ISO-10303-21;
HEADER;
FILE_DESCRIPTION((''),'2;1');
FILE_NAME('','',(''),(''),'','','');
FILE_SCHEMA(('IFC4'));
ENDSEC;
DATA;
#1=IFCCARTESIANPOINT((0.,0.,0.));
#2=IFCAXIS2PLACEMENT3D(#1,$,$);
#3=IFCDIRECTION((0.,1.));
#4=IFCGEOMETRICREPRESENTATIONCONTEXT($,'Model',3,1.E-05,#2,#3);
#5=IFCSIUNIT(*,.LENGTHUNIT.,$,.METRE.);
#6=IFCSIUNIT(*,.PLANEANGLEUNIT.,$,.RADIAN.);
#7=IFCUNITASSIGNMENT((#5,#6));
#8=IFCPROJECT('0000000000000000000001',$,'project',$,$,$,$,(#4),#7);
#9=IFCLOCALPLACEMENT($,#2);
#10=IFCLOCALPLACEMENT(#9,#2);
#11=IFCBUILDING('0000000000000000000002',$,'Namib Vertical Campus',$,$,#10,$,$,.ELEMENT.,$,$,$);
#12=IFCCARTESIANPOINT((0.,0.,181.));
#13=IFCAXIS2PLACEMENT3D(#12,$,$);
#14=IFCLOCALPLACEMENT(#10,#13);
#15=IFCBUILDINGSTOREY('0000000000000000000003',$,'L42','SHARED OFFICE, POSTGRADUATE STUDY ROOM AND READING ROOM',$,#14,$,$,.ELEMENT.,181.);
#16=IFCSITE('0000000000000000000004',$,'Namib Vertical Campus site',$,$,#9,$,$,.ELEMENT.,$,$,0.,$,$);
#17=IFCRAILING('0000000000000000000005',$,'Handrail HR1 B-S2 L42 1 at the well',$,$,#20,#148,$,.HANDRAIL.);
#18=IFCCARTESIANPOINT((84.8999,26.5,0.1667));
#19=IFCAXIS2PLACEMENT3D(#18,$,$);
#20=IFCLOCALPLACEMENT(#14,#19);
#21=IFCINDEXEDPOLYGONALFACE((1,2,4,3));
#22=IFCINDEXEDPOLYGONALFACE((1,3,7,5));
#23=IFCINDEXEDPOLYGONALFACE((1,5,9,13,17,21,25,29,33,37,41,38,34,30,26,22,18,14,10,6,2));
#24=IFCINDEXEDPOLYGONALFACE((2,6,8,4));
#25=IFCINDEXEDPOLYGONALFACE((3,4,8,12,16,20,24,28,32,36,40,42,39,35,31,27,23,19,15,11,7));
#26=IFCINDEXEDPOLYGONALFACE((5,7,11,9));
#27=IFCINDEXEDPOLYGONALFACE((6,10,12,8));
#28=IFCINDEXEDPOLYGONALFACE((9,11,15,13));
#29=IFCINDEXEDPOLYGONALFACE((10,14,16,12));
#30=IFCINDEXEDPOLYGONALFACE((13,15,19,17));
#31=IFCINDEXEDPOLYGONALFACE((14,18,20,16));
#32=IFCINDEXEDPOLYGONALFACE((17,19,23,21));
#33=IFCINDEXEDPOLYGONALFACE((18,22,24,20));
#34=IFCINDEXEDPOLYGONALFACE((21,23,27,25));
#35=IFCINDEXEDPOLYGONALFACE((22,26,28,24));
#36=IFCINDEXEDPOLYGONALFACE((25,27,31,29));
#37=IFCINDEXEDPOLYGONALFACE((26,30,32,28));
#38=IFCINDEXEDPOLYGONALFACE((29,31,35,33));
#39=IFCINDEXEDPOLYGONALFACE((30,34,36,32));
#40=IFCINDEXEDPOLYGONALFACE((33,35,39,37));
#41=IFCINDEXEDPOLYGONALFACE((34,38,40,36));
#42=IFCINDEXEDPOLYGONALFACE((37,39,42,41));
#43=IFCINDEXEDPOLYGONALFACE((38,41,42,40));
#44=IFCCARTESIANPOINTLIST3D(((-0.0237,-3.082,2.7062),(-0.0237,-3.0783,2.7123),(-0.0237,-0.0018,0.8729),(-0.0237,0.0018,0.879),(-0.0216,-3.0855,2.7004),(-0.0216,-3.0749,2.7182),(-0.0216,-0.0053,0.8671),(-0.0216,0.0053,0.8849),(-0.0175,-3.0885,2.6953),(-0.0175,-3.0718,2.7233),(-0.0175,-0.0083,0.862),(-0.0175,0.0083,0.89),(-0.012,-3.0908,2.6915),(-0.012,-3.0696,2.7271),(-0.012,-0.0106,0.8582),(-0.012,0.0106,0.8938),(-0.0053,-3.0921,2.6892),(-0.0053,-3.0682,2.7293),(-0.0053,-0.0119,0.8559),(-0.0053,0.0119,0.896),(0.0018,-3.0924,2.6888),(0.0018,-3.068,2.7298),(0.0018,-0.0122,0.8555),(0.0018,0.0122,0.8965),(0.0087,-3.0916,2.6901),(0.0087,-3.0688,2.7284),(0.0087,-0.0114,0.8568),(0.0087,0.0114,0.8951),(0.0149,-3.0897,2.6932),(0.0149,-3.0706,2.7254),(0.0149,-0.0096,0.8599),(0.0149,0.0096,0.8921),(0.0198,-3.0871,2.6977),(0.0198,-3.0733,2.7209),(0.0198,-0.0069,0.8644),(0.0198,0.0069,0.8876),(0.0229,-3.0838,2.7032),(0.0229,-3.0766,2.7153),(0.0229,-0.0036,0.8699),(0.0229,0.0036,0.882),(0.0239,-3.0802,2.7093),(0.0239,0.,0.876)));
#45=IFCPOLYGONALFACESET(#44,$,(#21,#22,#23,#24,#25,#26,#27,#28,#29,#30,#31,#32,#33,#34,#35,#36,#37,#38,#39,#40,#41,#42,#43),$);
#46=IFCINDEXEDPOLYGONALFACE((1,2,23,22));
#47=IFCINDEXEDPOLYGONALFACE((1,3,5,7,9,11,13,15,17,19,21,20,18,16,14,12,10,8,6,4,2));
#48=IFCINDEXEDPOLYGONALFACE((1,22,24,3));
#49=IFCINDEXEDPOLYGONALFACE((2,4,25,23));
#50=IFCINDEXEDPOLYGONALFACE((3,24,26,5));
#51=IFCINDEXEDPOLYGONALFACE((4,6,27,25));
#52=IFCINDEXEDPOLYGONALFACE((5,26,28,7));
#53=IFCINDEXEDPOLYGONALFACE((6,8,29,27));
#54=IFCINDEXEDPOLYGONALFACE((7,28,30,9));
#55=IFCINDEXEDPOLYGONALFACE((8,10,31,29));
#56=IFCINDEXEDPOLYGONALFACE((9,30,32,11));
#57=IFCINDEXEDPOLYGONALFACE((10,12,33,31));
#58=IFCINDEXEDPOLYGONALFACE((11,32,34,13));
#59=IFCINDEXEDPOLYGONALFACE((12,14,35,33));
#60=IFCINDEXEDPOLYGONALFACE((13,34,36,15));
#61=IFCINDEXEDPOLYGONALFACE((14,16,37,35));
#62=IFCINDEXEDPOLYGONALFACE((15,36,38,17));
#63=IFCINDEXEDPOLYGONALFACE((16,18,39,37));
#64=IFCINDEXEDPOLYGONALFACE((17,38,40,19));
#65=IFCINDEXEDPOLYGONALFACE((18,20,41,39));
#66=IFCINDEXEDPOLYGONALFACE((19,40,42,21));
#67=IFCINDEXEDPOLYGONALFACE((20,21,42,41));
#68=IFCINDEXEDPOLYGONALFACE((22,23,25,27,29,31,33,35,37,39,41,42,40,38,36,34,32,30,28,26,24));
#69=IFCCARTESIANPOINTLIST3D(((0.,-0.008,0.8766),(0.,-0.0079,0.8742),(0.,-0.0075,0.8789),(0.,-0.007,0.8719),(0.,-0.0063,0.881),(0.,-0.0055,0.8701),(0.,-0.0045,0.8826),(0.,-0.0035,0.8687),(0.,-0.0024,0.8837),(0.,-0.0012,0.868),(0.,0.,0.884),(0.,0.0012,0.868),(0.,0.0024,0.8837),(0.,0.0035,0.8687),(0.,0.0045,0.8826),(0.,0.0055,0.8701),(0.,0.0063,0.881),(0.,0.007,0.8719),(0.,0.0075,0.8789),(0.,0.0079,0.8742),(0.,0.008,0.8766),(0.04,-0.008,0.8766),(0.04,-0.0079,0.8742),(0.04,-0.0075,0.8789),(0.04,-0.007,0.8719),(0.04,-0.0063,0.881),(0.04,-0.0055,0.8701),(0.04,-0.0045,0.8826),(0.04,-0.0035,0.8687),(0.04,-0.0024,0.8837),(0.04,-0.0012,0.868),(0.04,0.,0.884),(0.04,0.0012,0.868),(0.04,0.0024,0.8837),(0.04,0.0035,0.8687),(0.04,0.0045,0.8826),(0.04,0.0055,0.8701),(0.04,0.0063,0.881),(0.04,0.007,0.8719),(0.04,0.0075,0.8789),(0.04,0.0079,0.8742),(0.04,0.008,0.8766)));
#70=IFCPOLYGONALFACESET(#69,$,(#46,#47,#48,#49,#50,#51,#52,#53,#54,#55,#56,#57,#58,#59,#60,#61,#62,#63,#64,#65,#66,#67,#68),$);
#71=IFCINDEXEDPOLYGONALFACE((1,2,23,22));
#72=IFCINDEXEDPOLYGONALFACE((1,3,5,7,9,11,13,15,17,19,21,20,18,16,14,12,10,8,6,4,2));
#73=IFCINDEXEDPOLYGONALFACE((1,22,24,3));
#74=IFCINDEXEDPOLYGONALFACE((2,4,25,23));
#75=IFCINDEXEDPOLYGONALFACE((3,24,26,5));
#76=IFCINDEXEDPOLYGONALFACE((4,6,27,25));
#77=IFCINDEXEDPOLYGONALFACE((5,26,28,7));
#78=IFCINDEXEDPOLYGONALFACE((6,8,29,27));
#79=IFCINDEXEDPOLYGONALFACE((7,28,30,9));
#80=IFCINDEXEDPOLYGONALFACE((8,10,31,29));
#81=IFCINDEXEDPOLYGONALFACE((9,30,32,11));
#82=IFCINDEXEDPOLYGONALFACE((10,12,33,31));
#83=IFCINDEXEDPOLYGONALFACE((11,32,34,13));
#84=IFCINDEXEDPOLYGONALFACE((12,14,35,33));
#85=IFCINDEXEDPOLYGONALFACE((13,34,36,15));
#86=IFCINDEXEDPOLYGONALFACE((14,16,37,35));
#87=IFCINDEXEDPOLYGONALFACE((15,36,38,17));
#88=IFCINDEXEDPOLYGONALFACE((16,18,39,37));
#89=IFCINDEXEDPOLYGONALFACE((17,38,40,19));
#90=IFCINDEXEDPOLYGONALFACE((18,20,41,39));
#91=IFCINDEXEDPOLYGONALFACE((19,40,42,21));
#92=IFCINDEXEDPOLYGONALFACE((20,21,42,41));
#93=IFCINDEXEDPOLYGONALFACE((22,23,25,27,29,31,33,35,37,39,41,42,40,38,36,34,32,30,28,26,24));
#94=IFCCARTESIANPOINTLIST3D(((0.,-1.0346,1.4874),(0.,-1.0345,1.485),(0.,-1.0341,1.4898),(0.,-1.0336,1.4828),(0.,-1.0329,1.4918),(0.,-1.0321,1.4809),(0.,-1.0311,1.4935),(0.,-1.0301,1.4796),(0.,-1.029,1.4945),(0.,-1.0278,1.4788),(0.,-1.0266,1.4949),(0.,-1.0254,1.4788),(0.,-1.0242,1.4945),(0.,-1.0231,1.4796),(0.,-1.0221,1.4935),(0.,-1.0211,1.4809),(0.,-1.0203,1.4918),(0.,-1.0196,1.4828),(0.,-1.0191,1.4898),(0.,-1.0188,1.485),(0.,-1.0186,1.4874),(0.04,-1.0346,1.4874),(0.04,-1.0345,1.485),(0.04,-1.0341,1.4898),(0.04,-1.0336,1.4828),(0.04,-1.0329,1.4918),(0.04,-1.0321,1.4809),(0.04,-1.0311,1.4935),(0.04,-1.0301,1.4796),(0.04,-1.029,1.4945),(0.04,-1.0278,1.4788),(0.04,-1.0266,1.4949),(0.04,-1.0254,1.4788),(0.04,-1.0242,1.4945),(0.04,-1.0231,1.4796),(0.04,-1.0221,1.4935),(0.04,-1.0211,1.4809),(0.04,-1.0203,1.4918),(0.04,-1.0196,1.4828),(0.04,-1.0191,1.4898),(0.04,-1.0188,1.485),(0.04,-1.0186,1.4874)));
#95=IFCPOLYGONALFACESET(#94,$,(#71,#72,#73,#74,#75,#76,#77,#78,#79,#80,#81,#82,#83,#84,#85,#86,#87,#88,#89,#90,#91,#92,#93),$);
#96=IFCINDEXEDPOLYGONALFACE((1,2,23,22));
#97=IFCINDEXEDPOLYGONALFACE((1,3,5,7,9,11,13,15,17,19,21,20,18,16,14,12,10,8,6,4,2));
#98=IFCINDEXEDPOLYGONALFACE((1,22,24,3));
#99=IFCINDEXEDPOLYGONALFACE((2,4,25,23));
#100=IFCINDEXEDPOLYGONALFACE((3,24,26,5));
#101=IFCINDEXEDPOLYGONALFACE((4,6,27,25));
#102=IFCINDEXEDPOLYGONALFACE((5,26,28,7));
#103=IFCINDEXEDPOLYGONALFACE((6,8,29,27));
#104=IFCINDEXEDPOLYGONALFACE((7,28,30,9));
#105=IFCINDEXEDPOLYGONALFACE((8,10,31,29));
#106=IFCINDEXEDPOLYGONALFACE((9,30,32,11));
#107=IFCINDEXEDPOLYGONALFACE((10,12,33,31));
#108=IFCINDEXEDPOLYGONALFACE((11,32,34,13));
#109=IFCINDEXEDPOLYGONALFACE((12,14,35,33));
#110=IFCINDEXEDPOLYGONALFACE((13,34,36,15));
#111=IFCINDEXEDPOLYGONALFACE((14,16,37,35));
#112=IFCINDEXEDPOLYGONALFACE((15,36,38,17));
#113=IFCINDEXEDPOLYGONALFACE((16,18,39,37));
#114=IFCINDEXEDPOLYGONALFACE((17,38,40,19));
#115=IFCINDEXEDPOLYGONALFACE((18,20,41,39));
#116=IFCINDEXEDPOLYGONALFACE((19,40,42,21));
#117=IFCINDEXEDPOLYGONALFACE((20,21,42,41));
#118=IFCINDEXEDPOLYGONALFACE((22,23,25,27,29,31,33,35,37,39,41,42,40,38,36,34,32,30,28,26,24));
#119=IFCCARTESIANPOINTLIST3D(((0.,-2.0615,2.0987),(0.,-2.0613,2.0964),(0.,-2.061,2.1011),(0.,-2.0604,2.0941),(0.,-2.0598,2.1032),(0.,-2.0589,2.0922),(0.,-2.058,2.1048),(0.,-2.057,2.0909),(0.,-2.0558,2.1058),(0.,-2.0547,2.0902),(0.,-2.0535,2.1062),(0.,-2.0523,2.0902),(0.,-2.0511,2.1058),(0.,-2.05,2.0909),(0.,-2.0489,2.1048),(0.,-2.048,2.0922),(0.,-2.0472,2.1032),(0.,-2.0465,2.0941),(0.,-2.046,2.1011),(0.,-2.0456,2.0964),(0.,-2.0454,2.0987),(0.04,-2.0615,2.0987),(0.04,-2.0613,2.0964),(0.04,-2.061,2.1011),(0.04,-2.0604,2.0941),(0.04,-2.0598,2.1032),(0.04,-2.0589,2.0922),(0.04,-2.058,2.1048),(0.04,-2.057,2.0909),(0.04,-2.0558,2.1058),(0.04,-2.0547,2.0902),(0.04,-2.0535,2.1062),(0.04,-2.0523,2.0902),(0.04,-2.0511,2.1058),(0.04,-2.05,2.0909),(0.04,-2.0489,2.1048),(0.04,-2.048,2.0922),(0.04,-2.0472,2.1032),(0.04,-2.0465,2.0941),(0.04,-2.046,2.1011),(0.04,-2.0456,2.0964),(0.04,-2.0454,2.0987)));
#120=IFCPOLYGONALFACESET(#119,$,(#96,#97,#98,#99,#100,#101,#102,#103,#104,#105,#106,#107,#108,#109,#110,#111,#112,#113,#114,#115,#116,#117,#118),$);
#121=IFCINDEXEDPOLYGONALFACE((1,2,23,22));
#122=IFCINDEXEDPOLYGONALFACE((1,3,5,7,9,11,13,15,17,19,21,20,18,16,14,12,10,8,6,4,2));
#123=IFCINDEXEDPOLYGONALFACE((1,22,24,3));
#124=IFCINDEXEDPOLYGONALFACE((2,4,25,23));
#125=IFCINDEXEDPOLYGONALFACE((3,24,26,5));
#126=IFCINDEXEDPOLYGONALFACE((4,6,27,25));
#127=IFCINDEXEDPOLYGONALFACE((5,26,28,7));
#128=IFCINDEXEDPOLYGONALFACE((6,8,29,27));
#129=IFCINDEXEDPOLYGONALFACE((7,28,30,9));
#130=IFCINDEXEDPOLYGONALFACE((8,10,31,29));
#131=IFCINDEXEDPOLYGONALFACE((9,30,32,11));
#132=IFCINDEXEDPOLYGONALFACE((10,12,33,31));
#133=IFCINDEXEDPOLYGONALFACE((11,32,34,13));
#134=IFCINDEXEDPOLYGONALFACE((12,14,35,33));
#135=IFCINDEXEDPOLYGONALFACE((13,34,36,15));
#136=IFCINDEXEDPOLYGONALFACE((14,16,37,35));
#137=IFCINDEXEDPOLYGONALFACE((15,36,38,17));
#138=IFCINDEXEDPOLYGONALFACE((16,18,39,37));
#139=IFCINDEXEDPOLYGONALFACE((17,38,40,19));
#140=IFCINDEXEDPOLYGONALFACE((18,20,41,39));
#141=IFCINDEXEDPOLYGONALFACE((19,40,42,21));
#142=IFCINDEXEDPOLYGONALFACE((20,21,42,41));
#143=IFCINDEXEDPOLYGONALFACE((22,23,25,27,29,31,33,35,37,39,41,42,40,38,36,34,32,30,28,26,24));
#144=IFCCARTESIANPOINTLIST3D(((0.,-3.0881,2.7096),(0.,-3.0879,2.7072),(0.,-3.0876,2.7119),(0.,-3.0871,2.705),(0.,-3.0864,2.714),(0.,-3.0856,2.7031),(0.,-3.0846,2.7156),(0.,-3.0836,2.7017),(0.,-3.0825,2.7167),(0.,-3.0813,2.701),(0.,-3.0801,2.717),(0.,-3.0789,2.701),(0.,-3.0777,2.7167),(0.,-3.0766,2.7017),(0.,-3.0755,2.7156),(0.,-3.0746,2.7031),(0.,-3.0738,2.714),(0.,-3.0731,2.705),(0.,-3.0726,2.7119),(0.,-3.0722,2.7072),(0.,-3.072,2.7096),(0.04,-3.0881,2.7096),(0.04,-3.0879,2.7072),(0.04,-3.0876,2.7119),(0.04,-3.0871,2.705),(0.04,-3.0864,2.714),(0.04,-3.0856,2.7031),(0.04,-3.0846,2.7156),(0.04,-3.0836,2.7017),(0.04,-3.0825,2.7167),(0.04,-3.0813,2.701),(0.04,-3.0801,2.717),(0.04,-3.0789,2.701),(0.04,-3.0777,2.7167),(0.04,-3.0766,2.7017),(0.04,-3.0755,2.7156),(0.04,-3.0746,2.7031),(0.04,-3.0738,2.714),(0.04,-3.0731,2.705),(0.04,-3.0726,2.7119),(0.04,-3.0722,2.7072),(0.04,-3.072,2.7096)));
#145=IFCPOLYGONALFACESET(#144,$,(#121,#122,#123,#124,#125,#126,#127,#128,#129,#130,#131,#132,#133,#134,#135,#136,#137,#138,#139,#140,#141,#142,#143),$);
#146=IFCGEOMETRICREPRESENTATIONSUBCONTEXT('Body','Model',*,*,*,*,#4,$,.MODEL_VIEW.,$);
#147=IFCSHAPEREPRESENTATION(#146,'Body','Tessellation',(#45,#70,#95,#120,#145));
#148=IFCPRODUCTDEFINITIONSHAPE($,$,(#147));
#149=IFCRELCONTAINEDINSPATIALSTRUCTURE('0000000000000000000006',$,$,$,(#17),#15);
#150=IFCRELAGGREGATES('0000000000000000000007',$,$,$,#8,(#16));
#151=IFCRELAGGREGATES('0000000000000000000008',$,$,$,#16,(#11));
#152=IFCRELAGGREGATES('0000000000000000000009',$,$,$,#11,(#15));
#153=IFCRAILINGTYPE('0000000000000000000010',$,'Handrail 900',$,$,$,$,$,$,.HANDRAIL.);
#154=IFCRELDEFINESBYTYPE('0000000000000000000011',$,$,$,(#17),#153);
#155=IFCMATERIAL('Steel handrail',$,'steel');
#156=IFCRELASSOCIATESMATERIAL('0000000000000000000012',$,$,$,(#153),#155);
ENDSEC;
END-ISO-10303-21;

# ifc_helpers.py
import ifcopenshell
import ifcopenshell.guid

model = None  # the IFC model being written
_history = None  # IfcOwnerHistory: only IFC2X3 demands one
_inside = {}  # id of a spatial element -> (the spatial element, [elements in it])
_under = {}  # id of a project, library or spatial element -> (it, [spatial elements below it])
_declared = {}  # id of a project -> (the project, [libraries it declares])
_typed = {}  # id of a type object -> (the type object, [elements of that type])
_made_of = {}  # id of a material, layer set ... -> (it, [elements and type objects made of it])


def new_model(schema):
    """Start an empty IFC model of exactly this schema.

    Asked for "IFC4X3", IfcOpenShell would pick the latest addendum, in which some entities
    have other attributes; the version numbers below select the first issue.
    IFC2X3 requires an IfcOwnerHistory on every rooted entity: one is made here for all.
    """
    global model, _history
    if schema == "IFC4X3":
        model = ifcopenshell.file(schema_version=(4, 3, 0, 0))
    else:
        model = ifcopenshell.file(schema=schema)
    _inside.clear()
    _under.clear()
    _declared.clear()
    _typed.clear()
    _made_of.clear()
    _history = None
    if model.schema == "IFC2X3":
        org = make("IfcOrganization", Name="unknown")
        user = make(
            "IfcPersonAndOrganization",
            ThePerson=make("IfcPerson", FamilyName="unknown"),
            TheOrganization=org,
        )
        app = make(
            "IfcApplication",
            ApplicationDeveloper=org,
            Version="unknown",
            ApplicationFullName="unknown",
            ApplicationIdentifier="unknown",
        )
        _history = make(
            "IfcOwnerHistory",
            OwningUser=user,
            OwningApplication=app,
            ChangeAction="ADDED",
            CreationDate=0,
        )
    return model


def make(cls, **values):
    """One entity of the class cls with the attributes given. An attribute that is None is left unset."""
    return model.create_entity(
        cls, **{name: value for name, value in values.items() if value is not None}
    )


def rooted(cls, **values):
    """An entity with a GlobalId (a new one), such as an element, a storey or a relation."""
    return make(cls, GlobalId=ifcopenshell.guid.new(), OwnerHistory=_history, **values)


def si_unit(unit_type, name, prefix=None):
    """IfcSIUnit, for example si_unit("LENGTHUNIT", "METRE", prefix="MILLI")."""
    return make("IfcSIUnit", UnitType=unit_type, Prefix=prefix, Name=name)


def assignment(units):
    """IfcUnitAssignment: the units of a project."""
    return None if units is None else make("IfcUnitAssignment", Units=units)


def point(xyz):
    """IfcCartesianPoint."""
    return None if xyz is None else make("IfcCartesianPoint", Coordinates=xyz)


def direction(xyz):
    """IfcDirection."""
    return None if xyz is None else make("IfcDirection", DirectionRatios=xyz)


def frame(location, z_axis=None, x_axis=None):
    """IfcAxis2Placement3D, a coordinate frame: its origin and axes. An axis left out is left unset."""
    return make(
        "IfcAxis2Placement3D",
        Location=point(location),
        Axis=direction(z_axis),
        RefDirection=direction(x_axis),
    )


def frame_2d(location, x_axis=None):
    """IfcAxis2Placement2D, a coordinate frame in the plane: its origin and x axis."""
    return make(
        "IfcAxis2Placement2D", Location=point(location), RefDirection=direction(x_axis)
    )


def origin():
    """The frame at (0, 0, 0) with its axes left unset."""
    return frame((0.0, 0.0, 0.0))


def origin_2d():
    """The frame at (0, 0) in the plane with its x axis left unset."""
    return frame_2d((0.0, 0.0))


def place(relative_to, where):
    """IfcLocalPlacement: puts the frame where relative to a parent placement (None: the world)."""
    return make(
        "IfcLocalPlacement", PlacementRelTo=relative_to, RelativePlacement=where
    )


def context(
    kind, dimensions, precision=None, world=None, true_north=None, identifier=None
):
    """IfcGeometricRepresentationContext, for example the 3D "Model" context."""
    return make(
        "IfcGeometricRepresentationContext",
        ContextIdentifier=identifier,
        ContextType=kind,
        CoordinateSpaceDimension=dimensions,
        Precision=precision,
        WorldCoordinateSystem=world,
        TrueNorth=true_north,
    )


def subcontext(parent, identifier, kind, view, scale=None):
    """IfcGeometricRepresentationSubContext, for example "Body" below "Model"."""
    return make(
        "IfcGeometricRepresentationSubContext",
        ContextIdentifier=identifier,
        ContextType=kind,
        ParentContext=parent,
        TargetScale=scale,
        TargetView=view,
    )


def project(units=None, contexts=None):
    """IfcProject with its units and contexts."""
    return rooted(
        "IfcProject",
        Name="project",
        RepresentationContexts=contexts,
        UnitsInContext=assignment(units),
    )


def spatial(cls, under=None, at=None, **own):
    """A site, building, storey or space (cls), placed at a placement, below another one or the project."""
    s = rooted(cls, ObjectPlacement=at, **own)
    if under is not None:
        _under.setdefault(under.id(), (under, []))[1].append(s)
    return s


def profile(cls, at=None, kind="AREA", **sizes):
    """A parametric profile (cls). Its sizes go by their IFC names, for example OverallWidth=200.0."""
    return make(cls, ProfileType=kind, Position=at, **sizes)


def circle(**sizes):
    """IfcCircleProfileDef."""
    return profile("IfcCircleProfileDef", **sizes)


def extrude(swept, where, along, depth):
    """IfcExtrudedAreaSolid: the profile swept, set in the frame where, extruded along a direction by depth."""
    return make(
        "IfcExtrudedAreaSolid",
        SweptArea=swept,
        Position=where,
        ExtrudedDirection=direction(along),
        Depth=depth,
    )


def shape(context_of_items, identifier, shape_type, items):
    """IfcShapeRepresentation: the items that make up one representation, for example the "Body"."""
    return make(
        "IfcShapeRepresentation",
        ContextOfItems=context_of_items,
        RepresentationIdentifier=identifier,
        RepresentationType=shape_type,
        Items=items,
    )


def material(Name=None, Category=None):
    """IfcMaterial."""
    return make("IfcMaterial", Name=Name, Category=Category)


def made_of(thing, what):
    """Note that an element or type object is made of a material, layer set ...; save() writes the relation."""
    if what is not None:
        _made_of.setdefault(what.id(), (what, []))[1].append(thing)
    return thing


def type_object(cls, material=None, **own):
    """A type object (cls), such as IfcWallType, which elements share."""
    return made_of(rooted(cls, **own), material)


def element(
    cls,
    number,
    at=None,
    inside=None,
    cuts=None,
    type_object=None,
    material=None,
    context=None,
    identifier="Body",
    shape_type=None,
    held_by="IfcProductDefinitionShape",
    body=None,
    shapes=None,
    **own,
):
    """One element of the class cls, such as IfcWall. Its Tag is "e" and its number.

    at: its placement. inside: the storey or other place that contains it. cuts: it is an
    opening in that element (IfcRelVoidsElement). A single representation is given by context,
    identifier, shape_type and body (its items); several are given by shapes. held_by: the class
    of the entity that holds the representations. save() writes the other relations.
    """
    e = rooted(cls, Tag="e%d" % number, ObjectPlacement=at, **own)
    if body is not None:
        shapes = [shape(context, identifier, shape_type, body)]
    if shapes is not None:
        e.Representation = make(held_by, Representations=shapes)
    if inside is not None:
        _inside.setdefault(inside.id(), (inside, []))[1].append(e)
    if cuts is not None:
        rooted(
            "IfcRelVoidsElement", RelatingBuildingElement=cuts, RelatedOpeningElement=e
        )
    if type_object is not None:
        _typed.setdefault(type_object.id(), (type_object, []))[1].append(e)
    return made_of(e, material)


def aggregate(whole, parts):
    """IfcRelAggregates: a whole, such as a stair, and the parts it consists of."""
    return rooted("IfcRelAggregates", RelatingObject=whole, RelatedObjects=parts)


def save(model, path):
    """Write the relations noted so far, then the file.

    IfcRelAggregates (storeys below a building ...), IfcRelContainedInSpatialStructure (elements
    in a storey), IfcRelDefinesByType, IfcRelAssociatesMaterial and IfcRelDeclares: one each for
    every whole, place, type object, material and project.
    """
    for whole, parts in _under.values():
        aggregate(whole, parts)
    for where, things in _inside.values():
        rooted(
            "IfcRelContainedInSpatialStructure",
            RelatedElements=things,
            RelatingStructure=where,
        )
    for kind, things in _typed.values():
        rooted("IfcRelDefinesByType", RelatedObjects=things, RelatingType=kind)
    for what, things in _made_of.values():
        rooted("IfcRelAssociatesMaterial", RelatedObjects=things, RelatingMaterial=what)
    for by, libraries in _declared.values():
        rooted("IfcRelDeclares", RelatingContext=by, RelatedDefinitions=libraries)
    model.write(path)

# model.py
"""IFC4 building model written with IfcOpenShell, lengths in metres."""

from ifc_helpers import new_model, si_unit, direction, frame, origin, origin_2d, place, context, subcontext, project, spatial, circle, extrude, material, type_object, element, save


model = new_model("IFC4")

# Units and contexts
model_context = context("Model", 3, precision=1e-05, world=origin(), true_north=direction((0.0, 1.0)))
body_context = subcontext(model_context, "Body", "Model", "MODEL_VIEW")
ifc_project = project(units=[si_unit("LENGTHUNIT", "METRE"), si_unit("PLANEANGLEUNIT", "RADIAN")], contexts=[model_context])

# Site, building, storey
site_placement = place(None, origin())
site = spatial("IfcSite", under=ifc_project, at=site_placement, Name="Namib Vertical Campus site", CompositionType="ELEMENT", RefElevation=0.0)
building_placement = place(site_placement, origin())
building = spatial("IfcBuilding", under=site, at=building_placement, Name="Namib Vertical Campus", CompositionType="ELEMENT")
storey_placement = place(building_placement, frame((0.0, 0.0, 181.0)))
storey = spatial("IfcBuildingStorey", under=building, at=storey_placement, Name="L42", Description="SHARED OFFICE, POSTGRADUATE STUDY ROOM AND READING ROOM", CompositionType="ELEMENT", Elevation=181.0)

# Railing
ifc_material_1 = material(Name="Steel handrail", Category="steel")
railing_type_1 = type_object("IfcRailingType", Name="Handrail 900", PredefinedType="HANDRAIL", material=ifc_material_1)
railing_1_placement = place(storey_placement, frame((84.8999, 26.5, 0.1667)))
element("IfcRailing", 1, at=railing_1_placement, inside=storey, type_object=railing_type_1, Name="Handrail HR1 B-S2 L42 1 at the well", PredefinedType="HANDRAIL", context=body_context, shape_type="SweptSolid", body=[
    extrude(circle(Radius=0.0239, at=origin_2d()), frame((0.0, 0.0, 0.876), z_axis=(0.0, -0.859309, 0.511458), x_axis=(1.0, 0.0, 0.0)), (0.0, 0.0, 1.0), 3.5845),
    extrude(circle(Radius=0.0081, at=origin_2d()), frame((0.0, 0.0, 0.876), z_axis=(1.0, 0.0, 0.0), x_axis=(0.0, 0.0, 1.0)), (0.0, 0.0, 1.0), 0.04),
    extrude(circle(Radius=0.0081, at=origin_2d()), frame((0.0, -1.0266, 1.4868), z_axis=(1.0, 0.0, 0.0), x_axis=(0.0, 0.0, 1.0)), (0.0, 0.0, 1.0), 0.04),
    extrude(circle(Radius=0.0081, at=origin_2d()), frame((0.0, -2.0535, 2.0981), z_axis=(1.0, 0.0, 0.0), x_axis=(0.0, 0.0, 1.0)), (0.0, 0.0, 1.0), 0.04),
    extrude(circle(Radius=0.0081, at=origin_2d()), frame((0.0, -3.0801, 2.709), z_axis=(1.0, 0.0, 0.0), x_axis=(0.0, 0.0, 1.0)), (0.0, 0.0, 1.0), 0.04),
])

save(model, "model.ifc")
